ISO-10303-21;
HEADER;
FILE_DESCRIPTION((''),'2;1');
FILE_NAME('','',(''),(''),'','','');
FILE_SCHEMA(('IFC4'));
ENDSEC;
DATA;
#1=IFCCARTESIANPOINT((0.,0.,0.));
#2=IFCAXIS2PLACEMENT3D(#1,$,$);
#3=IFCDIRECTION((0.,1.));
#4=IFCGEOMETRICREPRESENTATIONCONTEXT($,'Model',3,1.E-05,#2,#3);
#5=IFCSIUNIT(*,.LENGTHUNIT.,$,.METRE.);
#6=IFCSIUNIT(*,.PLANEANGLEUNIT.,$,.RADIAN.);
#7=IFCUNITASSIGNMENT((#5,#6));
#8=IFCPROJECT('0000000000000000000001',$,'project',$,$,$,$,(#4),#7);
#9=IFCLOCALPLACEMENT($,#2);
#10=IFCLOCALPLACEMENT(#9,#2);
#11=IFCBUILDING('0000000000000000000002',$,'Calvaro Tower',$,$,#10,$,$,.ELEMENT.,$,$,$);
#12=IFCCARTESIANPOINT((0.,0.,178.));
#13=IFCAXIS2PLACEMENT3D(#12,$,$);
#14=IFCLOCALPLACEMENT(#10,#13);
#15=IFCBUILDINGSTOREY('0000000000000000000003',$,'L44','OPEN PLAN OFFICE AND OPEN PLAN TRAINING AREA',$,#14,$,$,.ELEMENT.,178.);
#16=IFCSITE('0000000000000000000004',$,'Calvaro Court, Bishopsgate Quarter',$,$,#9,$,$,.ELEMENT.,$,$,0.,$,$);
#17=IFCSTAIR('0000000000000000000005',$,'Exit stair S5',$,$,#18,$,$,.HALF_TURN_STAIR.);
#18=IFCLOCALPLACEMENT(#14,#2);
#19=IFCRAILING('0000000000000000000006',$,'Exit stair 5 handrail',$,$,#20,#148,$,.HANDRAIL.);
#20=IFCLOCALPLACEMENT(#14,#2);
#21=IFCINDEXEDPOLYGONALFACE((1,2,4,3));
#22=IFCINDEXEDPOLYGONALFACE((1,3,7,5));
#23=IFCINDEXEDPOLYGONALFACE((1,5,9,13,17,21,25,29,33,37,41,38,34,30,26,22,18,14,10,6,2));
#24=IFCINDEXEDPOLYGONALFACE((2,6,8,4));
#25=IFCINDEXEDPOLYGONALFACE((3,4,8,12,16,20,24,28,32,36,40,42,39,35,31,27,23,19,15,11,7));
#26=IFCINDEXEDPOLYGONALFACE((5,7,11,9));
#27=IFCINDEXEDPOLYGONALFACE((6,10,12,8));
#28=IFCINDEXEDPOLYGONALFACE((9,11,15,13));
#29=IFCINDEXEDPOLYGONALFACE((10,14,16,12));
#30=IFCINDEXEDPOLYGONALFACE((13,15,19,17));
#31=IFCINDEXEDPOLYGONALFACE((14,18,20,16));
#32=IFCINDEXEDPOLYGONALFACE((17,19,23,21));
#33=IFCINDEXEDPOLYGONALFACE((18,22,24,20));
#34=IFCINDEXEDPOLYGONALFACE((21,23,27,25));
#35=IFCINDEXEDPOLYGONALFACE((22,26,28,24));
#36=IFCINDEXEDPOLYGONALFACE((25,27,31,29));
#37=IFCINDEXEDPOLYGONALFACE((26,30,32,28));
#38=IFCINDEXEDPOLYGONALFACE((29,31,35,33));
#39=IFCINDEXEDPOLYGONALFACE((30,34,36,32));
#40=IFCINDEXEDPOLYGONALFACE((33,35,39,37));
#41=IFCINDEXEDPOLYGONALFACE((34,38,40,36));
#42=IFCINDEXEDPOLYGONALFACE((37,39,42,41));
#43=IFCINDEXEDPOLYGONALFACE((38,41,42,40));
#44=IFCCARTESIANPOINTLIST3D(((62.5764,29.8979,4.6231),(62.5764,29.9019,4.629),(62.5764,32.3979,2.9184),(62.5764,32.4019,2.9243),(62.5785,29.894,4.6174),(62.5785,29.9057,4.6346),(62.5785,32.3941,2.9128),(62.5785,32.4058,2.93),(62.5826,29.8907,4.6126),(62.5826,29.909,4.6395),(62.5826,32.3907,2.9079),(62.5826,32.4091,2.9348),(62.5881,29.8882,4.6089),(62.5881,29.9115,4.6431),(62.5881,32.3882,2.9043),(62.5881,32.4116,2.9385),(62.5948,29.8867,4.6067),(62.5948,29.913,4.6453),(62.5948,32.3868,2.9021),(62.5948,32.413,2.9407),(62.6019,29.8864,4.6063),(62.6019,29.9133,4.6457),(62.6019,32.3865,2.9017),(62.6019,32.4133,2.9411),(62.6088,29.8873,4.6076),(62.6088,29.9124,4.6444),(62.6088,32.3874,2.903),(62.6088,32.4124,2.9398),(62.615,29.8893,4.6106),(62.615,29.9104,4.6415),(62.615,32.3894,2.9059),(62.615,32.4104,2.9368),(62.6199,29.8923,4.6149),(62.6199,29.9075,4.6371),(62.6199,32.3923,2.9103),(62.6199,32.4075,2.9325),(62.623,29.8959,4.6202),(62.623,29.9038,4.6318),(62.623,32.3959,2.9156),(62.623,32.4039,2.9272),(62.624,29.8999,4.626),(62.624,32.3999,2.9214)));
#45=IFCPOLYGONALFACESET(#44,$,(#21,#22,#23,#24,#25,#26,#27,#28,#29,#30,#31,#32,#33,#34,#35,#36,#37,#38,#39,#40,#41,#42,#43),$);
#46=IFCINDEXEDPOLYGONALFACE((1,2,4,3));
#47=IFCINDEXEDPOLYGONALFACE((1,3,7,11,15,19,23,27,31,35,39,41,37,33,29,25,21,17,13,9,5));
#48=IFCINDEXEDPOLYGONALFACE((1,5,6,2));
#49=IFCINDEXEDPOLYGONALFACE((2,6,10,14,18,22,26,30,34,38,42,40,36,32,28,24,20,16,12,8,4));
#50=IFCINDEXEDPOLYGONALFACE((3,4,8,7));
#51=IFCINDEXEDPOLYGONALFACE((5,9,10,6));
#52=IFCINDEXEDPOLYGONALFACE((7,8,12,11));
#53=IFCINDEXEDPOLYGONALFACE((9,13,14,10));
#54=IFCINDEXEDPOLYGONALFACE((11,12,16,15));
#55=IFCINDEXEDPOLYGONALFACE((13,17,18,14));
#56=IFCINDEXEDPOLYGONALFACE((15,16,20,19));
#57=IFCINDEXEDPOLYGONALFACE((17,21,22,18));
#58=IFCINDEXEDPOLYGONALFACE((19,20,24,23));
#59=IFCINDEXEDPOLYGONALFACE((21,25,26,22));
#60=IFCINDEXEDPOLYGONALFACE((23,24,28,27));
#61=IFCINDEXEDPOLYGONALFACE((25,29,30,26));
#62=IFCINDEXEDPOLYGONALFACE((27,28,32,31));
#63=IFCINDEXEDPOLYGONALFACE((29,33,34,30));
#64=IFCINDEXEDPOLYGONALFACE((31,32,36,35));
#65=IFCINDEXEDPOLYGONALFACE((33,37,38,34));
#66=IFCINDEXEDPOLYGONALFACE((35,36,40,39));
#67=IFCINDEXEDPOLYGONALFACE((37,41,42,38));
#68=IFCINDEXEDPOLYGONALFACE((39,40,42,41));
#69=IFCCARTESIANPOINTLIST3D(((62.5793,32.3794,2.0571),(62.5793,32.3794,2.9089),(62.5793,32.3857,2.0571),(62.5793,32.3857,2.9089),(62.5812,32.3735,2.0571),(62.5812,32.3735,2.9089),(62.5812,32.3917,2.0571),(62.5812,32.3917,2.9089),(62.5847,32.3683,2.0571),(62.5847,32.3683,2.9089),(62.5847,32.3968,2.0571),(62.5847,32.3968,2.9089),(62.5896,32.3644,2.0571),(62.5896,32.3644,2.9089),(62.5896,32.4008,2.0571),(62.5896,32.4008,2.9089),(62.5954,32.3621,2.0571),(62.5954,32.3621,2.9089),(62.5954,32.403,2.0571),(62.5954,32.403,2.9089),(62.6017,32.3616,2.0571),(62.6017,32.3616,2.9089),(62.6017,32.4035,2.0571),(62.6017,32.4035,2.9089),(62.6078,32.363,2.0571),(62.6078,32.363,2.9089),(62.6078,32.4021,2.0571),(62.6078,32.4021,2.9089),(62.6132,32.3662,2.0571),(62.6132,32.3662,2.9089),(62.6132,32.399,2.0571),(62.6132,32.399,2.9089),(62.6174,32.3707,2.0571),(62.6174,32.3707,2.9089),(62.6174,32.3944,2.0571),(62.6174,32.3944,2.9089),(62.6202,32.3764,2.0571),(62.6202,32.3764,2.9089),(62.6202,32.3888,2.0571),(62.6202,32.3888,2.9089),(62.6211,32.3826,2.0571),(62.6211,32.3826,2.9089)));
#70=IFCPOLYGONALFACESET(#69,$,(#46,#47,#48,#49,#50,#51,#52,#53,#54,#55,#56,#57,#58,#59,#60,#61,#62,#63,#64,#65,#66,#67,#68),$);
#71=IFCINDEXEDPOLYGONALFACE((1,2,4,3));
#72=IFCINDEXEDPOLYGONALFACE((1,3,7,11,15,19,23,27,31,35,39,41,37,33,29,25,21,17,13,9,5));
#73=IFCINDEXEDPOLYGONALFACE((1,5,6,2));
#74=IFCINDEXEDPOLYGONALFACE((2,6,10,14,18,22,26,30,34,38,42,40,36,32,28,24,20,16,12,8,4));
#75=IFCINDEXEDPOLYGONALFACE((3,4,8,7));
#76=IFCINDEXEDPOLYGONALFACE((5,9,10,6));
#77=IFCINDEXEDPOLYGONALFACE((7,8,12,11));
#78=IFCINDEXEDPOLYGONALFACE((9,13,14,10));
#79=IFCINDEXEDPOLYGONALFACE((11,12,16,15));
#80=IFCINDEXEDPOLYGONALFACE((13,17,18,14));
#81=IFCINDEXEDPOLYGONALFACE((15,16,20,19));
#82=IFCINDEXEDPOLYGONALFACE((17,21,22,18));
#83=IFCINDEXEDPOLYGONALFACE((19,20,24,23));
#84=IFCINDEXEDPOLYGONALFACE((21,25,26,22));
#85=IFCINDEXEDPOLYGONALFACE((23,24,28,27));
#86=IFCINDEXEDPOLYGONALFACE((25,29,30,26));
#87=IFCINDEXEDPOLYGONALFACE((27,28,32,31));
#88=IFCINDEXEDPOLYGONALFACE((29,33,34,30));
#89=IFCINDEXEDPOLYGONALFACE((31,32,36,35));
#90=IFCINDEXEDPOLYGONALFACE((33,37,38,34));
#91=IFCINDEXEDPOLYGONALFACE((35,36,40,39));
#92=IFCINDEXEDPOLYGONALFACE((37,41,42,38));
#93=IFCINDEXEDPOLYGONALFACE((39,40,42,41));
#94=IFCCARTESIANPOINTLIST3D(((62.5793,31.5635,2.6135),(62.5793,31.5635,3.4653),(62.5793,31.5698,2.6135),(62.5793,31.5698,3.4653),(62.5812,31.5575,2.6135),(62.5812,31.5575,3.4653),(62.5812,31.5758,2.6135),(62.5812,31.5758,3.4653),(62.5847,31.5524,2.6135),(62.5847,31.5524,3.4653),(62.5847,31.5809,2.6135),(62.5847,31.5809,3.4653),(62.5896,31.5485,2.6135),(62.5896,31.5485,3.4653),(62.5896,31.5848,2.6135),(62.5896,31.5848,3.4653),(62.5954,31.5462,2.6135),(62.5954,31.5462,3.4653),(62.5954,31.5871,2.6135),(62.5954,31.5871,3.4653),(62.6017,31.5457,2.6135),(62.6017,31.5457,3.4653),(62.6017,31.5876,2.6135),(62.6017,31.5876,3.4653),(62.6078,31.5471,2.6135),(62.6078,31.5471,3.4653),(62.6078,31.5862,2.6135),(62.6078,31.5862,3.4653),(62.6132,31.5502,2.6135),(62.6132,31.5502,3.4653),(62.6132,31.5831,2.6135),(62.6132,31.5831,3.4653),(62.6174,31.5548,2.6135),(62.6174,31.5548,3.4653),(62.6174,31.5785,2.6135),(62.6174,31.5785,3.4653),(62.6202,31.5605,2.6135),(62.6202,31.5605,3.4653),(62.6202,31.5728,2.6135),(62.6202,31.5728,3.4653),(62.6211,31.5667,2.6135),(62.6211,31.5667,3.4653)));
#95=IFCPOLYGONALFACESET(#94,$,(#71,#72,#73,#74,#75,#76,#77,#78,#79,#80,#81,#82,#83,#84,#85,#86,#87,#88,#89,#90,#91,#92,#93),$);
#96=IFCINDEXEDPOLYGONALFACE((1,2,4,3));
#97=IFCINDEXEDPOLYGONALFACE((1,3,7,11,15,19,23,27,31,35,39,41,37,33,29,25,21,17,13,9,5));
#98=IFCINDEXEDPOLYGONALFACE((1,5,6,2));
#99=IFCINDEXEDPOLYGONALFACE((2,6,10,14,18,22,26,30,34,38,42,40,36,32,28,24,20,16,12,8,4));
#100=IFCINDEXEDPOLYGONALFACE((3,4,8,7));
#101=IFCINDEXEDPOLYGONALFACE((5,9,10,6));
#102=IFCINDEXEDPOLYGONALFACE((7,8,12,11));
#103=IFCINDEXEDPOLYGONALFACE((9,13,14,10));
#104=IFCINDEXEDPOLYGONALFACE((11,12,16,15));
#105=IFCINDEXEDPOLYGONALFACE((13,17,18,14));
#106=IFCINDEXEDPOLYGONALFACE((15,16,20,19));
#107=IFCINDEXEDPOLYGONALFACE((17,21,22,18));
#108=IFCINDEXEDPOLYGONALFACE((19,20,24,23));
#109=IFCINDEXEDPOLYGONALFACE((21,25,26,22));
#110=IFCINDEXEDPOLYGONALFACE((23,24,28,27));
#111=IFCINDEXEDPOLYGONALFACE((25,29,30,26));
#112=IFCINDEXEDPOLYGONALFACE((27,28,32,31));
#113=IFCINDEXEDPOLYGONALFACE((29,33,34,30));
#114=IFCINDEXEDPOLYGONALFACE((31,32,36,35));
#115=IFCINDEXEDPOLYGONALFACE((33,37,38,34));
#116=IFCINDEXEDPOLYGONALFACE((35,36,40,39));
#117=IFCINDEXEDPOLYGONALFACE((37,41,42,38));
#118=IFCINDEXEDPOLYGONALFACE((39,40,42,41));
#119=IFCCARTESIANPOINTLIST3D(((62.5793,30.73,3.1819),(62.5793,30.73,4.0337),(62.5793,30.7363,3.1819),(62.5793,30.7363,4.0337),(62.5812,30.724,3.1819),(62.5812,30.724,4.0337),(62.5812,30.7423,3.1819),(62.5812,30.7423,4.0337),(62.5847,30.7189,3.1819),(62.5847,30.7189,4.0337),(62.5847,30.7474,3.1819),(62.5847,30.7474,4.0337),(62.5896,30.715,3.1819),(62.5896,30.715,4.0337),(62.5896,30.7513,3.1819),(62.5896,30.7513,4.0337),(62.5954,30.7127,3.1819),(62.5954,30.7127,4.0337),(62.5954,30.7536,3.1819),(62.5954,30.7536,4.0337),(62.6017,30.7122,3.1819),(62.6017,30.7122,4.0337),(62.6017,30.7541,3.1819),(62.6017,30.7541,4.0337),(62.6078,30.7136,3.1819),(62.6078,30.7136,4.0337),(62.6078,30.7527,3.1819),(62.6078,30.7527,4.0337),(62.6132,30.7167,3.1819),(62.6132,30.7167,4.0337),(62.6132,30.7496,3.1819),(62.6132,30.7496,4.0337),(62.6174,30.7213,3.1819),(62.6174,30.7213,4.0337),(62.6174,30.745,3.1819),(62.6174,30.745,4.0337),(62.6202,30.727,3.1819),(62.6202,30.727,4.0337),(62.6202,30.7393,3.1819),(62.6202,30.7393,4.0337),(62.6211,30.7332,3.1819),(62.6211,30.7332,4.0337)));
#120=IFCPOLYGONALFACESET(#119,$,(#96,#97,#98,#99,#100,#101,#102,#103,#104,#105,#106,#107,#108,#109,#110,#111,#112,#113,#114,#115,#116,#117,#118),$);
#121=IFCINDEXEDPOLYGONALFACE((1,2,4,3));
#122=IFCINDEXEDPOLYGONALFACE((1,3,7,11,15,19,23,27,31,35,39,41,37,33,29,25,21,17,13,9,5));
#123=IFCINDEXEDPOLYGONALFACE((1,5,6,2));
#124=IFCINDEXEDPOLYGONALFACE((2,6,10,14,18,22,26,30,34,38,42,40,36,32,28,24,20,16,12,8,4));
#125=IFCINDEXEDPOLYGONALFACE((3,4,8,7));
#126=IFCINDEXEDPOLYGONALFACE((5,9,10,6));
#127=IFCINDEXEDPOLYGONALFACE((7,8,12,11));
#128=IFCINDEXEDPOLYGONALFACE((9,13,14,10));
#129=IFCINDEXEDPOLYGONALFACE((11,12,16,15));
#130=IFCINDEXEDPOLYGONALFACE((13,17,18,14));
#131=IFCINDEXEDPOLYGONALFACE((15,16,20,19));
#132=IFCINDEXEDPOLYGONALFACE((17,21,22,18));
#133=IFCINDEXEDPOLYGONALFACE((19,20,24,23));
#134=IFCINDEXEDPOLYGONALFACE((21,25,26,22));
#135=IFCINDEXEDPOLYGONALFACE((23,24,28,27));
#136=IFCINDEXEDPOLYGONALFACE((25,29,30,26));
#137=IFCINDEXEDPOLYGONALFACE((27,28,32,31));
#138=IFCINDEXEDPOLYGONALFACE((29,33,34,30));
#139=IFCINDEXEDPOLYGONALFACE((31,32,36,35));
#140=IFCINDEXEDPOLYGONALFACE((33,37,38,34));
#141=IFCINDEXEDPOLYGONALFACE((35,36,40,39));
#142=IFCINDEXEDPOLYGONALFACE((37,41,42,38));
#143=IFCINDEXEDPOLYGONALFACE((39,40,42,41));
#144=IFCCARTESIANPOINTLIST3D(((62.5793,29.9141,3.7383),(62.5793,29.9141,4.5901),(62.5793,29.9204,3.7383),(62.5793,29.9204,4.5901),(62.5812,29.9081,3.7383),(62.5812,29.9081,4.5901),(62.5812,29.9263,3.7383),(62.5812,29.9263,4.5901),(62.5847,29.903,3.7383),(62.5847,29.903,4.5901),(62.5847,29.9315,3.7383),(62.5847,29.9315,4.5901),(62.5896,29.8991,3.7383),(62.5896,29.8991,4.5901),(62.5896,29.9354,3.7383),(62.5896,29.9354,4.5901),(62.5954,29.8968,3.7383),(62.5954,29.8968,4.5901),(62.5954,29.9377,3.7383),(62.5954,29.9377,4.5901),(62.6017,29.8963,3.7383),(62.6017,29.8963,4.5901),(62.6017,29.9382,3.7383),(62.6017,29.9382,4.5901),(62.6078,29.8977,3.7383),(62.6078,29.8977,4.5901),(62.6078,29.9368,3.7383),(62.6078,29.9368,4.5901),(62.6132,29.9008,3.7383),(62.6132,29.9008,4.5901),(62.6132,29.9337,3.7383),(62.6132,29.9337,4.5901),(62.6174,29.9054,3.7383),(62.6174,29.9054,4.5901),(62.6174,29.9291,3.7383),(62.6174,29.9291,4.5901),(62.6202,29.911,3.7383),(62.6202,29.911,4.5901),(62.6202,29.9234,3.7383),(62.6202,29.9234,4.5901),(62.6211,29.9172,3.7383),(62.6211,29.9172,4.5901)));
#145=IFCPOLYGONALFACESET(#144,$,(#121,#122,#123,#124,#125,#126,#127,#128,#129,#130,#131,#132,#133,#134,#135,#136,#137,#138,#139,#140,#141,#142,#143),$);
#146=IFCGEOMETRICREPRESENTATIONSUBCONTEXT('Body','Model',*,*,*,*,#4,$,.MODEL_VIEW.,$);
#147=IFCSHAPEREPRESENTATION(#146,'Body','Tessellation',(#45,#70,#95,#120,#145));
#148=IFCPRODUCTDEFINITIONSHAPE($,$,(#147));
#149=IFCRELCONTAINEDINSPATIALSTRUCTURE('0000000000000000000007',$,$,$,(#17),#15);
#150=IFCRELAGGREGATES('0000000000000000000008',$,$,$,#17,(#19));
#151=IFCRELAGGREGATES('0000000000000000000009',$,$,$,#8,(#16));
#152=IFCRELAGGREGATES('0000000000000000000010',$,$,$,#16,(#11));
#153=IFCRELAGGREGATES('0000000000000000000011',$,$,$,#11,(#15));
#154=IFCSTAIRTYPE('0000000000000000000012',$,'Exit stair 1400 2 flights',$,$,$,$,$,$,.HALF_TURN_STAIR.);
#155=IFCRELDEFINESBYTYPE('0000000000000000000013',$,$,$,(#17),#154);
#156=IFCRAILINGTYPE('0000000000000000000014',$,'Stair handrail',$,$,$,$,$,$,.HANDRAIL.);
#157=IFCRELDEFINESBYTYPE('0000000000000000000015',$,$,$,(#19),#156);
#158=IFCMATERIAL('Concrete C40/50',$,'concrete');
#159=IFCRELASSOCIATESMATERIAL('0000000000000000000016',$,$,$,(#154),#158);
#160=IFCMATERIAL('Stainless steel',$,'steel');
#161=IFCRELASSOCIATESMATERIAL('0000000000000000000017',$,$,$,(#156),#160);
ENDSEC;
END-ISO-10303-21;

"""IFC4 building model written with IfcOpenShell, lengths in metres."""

from ifc_helpers import new_model, si_unit, direction, frame, origin, origin_2d, place, context, subcontext, project, spatial, circle, extrude, material, type_object, element, aggregate, save


model = new_model("IFC4")

# Units and contexts
model_context = context("Model", 3, precision=1e-05, world=origin(), true_north=direction((0.0, 1.0)))
body_context = subcontext(model_context, "Body", "Model", "MODEL_VIEW")
ifc_project = project(units=[si_unit("LENGTHUNIT", "METRE"), si_unit("PLANEANGLEUNIT", "RADIAN")], contexts=[model_context])

# Site, building, storey
site_placement = place(None, origin())
site = spatial("IfcSite", under=ifc_project, at=site_placement, Name="Calvaro Court, Bishopsgate Quarter", CompositionType="ELEMENT", RefElevation=0.0)
building_placement = place(site_placement, origin())
building = spatial("IfcBuilding", under=site, at=building_placement, Name="Calvaro Tower", CompositionType="ELEMENT")
storey_placement = place(building_placement, frame((0.0, 0.0, 178.0)))
storey = spatial("IfcBuildingStorey", under=building, at=storey_placement, Name="L44", Description="OPEN PLAN OFFICE AND OPEN PLAN TRAINING AREA", CompositionType="ELEMENT", Elevation=178.0)

# Stair
ifc_material_1 = material(Name="Concrete C40/50", Category="concrete")
stair_type = type_object("IfcStairType", Name="Exit stair 1400 2 flights", PredefinedType="HALF_TURN_STAIR", material=ifc_material_1)
stair_1_placement = place(storey_placement, origin())
stair_1 = element("IfcStair", 1, at=stair_1_placement, inside=storey, type_object=stair_type, Name="Exit stair S5", PredefinedType="HALF_TURN_STAIR")

# Railing
ifc_material_2 = material(Name="Stainless steel", Category="steel")
railing_type = type_object("IfcRailingType", Name="Stair handrail", PredefinedType="HANDRAIL", material=ifc_material_2)
railing_1_placement = place(storey_placement, frame((62.6001, 32.3999, 2.0454)))
railing_1 = element("IfcRailing", 2, at=railing_1_placement, type_object=railing_type, Name="Exit stair 5 handrail", PredefinedType="HANDRAIL", context=body_context, shape_type="SweptSolid", body=[
    extrude(circle(Radius=0.0239, at=origin_2d()), frame((0.0, 0.0, 0.876), z_axis=(0.0, -0.826221, 0.563347), x_axis=(1.0, 0.0, 0.0)), (0.0, 0.0, 1.0), 3.0259),
    extrude(circle(Radius=0.021, at=origin_2d()), frame((0.0, -0.0173, 0.0117)), (0.0, 0.0, 1.0), 0.8518),
    extrude(circle(Radius=0.021, at=origin_2d()), frame((0.0, -0.8333, 0.5681)), (0.0, 0.0, 1.0), 0.8518),
    extrude(circle(Radius=0.021, at=origin_2d()), frame((0.0, -1.6667, 1.1365)), (0.0, 0.0, 1.0), 0.8518),
    extrude(circle(Radius=0.021, at=origin_2d()), frame((0.0, -2.4827, 1.6929)), (0.0, 0.0, 1.0), 0.8518),
])
aggregate(stair_1, [railing_1])

save(model, "model.ifc")
